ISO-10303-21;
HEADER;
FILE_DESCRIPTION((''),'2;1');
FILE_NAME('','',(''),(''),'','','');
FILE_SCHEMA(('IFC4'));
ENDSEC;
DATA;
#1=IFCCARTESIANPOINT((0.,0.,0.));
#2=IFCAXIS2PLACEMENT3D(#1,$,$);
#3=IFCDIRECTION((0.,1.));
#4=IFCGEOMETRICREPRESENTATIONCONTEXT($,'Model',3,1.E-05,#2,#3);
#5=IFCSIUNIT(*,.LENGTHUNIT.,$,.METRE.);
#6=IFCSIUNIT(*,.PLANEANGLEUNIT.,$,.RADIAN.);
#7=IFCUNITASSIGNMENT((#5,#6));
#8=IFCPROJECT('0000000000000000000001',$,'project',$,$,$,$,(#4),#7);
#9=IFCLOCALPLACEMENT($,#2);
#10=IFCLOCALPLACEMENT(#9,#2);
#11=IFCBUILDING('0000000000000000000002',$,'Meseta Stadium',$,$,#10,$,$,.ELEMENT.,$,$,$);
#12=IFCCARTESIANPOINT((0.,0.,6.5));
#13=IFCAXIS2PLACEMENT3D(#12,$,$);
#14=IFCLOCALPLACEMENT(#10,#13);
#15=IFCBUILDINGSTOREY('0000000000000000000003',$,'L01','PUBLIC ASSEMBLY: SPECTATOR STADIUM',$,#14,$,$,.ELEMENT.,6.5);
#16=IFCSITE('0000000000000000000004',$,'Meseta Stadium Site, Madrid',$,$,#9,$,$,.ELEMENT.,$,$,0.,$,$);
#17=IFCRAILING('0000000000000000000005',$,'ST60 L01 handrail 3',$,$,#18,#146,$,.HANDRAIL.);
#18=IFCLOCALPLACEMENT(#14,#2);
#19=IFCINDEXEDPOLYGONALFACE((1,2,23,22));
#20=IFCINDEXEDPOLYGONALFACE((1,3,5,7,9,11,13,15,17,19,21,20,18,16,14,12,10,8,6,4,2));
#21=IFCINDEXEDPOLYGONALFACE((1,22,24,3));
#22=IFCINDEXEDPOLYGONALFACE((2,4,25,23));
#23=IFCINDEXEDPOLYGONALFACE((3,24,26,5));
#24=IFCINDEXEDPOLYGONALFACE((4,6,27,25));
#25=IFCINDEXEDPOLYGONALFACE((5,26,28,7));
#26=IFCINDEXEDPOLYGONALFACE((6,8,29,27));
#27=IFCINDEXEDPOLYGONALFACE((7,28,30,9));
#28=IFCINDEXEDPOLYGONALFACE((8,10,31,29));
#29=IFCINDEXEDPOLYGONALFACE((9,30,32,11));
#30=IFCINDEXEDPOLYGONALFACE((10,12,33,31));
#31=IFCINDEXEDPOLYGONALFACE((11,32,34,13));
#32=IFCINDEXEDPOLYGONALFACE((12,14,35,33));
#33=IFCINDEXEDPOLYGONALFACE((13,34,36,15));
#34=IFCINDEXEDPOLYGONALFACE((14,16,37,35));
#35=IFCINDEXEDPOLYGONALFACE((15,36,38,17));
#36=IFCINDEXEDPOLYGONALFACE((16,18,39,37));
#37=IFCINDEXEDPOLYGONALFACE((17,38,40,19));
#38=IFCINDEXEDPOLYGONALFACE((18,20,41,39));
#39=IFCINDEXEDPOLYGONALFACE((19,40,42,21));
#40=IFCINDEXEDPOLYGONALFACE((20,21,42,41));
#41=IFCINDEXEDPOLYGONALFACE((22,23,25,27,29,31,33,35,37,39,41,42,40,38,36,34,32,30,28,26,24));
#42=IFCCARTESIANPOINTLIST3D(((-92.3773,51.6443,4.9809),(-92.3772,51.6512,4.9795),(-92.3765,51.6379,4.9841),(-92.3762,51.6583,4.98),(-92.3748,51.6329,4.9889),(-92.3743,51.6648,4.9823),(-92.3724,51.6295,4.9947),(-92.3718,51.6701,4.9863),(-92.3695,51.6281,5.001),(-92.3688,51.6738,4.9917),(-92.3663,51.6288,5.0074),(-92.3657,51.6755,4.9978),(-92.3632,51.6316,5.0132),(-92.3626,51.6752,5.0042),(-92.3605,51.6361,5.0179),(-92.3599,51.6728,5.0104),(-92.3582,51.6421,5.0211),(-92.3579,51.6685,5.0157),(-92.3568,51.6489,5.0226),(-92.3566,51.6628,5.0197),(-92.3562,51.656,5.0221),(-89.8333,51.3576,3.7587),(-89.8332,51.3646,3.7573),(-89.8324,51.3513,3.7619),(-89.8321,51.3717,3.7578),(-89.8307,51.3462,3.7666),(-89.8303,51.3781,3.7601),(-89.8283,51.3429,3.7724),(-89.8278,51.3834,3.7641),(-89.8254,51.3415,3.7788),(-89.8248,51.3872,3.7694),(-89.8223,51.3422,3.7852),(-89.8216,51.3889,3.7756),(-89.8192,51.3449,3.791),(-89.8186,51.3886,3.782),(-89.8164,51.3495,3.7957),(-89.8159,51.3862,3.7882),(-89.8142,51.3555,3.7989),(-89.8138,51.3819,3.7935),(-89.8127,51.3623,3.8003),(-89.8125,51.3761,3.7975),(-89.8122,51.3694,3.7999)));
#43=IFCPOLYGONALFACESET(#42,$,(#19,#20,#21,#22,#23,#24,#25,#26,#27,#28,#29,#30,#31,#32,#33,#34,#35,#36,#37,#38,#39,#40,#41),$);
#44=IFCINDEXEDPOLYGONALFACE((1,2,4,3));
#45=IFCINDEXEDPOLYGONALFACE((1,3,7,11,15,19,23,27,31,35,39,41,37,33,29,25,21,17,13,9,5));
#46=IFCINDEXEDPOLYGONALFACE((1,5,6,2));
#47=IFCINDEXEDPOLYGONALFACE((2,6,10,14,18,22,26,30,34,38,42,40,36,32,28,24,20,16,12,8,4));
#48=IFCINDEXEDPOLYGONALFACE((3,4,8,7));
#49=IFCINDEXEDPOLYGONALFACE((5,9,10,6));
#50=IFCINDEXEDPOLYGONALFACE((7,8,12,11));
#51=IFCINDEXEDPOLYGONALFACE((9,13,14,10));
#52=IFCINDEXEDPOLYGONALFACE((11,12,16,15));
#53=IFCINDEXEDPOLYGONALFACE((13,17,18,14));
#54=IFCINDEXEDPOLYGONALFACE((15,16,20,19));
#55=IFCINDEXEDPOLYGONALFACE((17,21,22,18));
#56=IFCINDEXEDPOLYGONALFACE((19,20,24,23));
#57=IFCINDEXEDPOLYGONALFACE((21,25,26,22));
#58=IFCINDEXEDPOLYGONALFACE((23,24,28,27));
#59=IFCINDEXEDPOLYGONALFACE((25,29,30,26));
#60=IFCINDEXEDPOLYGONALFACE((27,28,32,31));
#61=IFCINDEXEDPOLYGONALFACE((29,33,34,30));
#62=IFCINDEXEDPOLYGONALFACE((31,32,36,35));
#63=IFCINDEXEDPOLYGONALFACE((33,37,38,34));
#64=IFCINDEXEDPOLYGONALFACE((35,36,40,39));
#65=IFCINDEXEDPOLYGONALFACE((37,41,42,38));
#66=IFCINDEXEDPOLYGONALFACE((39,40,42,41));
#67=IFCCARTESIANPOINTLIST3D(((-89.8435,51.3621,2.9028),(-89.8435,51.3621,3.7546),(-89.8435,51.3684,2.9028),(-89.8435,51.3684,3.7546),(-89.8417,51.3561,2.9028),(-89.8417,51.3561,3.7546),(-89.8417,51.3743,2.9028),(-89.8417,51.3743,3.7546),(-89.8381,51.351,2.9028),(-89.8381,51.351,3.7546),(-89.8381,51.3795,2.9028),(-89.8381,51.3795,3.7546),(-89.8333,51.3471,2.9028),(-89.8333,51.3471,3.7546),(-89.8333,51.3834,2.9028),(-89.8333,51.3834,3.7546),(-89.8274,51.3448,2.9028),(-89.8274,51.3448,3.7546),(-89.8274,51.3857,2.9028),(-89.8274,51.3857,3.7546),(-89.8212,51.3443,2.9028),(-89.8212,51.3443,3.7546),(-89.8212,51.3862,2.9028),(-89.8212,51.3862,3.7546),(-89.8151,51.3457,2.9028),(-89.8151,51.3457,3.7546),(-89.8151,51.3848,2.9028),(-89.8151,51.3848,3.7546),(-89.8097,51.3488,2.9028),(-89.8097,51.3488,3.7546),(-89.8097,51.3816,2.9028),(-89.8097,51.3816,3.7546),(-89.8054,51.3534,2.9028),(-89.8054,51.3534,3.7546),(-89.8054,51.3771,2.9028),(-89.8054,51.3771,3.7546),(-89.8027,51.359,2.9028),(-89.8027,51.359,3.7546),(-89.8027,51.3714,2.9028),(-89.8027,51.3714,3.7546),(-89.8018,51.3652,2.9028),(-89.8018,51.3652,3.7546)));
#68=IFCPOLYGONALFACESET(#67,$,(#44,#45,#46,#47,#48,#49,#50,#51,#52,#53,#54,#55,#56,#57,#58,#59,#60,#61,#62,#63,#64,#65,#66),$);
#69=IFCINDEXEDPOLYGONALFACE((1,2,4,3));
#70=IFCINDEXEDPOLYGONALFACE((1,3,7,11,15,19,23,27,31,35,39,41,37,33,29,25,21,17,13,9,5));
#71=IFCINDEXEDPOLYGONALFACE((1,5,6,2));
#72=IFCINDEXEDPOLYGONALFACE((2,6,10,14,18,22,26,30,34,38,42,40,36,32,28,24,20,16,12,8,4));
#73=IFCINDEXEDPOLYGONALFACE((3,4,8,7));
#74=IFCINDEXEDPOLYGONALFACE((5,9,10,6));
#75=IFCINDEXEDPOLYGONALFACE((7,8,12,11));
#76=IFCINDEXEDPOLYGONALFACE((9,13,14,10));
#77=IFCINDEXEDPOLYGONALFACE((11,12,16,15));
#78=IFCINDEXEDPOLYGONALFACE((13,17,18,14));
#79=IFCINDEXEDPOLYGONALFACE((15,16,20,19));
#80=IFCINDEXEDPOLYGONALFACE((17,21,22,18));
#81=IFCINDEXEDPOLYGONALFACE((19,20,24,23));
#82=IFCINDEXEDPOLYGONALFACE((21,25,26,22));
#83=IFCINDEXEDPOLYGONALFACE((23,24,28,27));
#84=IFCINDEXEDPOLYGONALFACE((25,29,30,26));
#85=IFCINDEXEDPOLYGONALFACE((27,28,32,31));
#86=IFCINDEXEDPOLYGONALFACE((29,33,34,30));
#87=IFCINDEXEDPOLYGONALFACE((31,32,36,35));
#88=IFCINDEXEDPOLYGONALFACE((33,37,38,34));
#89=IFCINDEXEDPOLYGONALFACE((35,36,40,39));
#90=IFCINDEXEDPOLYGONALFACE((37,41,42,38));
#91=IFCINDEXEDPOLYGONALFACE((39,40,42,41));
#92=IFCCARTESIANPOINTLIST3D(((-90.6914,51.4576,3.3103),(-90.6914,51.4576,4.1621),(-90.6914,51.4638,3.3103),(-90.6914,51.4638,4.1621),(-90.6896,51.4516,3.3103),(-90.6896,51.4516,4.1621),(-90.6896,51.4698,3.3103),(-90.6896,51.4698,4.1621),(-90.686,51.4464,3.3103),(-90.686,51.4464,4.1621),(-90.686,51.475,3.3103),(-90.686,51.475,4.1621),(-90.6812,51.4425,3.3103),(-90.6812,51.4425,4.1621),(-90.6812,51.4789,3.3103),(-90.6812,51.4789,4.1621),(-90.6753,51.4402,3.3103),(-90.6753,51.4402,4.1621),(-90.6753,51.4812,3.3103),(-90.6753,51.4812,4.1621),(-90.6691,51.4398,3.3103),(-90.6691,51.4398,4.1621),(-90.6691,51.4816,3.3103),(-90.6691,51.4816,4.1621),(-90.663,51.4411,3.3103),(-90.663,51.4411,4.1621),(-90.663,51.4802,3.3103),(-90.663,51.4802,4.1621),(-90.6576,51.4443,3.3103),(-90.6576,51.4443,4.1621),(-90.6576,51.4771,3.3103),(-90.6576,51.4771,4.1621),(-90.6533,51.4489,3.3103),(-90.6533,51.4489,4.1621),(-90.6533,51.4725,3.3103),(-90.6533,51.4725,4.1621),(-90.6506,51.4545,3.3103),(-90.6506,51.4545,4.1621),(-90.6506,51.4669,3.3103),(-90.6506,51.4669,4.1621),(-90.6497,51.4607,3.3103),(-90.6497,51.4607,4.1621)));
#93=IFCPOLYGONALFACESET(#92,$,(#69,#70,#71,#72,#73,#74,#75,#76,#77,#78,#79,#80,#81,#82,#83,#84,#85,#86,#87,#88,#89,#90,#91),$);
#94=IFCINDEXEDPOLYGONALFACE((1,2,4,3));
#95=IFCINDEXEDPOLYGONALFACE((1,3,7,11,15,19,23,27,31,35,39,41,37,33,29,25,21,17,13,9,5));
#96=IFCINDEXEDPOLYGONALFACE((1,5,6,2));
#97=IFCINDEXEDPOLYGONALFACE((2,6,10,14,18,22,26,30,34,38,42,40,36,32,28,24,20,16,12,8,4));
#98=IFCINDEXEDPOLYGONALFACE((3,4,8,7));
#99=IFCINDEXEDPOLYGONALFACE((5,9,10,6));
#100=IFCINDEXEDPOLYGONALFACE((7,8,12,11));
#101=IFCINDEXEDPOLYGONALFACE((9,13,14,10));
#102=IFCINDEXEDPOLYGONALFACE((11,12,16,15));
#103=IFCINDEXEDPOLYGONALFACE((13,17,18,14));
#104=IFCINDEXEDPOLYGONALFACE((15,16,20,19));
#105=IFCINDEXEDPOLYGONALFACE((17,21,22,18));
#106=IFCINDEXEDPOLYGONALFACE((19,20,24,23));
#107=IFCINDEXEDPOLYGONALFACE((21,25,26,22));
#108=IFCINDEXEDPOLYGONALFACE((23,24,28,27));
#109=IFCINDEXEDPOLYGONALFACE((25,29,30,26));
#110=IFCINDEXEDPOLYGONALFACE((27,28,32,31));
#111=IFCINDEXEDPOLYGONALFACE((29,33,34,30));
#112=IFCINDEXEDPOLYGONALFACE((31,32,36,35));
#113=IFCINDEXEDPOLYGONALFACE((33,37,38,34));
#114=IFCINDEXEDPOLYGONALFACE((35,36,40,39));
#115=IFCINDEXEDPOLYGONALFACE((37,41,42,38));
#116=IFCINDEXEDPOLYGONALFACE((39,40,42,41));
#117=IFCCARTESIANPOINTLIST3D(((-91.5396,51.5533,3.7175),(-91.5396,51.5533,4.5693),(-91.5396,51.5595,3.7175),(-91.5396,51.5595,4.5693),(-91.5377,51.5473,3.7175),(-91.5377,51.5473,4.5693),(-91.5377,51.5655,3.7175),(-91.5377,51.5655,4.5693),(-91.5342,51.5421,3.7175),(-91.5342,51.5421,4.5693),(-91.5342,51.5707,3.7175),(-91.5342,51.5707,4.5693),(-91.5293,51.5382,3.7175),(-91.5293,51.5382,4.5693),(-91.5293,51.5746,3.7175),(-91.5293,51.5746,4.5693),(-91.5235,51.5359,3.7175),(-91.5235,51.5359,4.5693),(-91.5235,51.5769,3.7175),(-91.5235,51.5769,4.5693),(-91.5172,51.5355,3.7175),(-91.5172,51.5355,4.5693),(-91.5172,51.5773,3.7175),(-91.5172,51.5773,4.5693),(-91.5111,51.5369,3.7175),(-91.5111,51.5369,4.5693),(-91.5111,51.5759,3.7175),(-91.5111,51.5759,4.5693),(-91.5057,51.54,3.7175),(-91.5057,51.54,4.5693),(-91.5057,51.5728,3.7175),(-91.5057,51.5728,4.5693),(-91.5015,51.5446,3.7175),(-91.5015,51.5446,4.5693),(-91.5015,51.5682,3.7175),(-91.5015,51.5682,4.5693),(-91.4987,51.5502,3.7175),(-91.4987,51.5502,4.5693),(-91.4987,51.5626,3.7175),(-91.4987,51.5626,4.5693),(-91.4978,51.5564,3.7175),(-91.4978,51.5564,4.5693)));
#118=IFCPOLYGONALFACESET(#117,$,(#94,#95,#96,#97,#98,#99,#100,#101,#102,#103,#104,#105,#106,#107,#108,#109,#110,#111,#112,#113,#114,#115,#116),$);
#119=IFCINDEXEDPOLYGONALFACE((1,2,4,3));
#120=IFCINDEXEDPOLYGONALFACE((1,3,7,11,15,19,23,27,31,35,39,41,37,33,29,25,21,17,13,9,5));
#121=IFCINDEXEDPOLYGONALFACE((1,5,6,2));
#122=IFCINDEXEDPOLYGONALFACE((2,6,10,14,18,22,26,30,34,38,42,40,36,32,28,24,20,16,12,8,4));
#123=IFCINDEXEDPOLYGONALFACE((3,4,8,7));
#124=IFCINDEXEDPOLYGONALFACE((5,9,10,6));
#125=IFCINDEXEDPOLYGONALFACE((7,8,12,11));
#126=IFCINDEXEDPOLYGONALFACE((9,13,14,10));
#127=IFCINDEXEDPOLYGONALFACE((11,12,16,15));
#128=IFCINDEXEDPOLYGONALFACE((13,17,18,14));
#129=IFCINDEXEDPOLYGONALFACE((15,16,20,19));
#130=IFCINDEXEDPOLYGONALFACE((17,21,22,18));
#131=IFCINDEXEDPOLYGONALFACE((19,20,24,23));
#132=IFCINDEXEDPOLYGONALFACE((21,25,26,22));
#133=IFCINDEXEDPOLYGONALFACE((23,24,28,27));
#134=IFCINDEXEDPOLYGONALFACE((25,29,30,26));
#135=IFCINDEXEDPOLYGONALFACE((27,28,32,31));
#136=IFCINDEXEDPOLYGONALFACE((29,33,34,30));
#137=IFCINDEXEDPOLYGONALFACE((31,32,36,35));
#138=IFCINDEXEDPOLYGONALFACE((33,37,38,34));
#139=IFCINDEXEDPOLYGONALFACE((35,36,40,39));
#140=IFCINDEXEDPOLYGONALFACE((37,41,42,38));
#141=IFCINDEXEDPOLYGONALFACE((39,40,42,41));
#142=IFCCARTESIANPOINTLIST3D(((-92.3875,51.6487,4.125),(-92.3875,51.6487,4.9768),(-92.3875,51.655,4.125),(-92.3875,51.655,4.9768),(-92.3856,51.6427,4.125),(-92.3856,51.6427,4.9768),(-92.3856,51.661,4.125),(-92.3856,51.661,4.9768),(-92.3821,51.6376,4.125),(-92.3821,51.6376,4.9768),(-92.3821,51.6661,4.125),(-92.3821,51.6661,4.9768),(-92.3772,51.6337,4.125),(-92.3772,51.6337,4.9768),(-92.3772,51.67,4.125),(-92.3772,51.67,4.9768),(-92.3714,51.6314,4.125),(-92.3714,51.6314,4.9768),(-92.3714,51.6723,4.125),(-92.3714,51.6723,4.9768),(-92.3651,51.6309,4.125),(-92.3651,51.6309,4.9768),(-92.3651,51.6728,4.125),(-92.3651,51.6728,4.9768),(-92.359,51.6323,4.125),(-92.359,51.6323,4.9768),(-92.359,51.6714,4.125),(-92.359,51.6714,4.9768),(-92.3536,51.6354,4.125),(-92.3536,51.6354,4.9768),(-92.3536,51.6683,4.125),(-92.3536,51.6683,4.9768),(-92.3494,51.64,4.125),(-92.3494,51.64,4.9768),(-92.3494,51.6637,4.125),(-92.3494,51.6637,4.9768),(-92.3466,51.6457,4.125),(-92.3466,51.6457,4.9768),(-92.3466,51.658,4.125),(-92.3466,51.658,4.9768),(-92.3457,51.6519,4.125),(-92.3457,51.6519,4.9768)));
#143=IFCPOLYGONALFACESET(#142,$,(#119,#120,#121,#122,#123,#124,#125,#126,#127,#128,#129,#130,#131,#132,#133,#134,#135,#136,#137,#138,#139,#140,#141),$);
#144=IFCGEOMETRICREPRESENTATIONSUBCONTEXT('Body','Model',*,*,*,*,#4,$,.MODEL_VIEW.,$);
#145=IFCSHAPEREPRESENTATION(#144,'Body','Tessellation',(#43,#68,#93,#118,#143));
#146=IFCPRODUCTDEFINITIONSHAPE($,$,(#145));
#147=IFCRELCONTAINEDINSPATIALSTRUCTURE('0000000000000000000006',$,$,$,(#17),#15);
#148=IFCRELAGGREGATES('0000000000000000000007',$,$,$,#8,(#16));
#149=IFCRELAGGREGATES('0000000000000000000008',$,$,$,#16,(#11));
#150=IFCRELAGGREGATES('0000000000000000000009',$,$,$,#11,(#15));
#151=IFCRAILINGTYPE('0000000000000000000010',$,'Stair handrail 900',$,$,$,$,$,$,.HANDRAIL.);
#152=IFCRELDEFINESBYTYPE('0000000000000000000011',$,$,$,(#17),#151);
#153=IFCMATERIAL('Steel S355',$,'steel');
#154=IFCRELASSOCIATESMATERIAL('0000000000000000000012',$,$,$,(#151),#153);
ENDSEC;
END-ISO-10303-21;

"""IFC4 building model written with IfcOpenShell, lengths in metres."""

from ifc_helpers import new_model, si_unit, direction, frame, origin, origin_2d, place, context, subcontext, project, spatial, circle, extrude, material, type_object, element, save


model = new_model("IFC4")

# Units and contexts
model_context = context("Model", 3, precision=1e-05, world=origin(), true_north=direction((0.0, 1.0)))
body_context = subcontext(model_context, "Body", "Model", "MODEL_VIEW")
ifc_project = project(units=[si_unit("LENGTHUNIT", "METRE"), si_unit("PLANEANGLEUNIT", "RADIAN")], contexts=[model_context])

# Site, building, storey
site_placement = place(None, origin())
site = spatial("IfcSite", under=ifc_project, at=site_placement, Name="Meseta Stadium Site, Madrid", CompositionType="ELEMENT", RefElevation=0.0)
building_placement = place(site_placement, origin())
building = spatial("IfcBuilding", under=site, at=building_placement, Name="Meseta Stadium", CompositionType="ELEMENT")
storey_placement = place(building_placement, frame((0.0, 0.0, 6.5)))
storey = spatial("IfcBuildingStorey", under=building, at=storey_placement, Name="L01", Description="PUBLIC ASSEMBLY: SPECTATOR STADIUM", CompositionType="ELEMENT", Elevation=6.5)

# Railing
ifc_material_1 = material(Name="Steel S355", Category="steel")
railing_type_1 = type_object("IfcRailingType", Name="Stair handrail 900", PredefinedType="HANDRAIL", material=ifc_material_1)
for number, where, name in (
    (1, (-89.8228, 51.3652, 2.9028), "ST60 L01 handrail 3"),
):
    element("IfcRailing", number, at=place(storey_placement, frame(where)), inside=storey, type_object=railing_type_1, Name=name, PredefinedType="HANDRAIL", context=body_context, shape_type="SweptSolid", body=[
        extrude(circle(Radius=0.0239, at=origin_2d()), frame((0.0, 0.0, 0.876), z_axis=(-0.896762, 0.101036, 0.430824), x_axis=(-0.11196, -0.993713, 0.0)), (0.0, 0.0, 1.0), 2.8369),
        extrude(circle(Radius=0.021, at=origin_2d()), origin(), (0.0, 0.0, 1.0), 0.8518),
        extrude(circle(Radius=0.021, at=origin_2d()), frame((-0.8479, 0.0955, 0.4075)), (0.0, 0.0, 1.0), 0.8518),
        extrude(circle(Radius=0.021, at=origin_2d()), frame((-1.696, 0.1912, 0.8147)), (0.0, 0.0, 1.0), 0.8518),
        extrude(circle(Radius=0.021, at=origin_2d()), frame((-2.5439, 0.2866, 1.2222)), (0.0, 0.0, 1.0), 0.8518),
    ])

save(model, "model.ifc")
